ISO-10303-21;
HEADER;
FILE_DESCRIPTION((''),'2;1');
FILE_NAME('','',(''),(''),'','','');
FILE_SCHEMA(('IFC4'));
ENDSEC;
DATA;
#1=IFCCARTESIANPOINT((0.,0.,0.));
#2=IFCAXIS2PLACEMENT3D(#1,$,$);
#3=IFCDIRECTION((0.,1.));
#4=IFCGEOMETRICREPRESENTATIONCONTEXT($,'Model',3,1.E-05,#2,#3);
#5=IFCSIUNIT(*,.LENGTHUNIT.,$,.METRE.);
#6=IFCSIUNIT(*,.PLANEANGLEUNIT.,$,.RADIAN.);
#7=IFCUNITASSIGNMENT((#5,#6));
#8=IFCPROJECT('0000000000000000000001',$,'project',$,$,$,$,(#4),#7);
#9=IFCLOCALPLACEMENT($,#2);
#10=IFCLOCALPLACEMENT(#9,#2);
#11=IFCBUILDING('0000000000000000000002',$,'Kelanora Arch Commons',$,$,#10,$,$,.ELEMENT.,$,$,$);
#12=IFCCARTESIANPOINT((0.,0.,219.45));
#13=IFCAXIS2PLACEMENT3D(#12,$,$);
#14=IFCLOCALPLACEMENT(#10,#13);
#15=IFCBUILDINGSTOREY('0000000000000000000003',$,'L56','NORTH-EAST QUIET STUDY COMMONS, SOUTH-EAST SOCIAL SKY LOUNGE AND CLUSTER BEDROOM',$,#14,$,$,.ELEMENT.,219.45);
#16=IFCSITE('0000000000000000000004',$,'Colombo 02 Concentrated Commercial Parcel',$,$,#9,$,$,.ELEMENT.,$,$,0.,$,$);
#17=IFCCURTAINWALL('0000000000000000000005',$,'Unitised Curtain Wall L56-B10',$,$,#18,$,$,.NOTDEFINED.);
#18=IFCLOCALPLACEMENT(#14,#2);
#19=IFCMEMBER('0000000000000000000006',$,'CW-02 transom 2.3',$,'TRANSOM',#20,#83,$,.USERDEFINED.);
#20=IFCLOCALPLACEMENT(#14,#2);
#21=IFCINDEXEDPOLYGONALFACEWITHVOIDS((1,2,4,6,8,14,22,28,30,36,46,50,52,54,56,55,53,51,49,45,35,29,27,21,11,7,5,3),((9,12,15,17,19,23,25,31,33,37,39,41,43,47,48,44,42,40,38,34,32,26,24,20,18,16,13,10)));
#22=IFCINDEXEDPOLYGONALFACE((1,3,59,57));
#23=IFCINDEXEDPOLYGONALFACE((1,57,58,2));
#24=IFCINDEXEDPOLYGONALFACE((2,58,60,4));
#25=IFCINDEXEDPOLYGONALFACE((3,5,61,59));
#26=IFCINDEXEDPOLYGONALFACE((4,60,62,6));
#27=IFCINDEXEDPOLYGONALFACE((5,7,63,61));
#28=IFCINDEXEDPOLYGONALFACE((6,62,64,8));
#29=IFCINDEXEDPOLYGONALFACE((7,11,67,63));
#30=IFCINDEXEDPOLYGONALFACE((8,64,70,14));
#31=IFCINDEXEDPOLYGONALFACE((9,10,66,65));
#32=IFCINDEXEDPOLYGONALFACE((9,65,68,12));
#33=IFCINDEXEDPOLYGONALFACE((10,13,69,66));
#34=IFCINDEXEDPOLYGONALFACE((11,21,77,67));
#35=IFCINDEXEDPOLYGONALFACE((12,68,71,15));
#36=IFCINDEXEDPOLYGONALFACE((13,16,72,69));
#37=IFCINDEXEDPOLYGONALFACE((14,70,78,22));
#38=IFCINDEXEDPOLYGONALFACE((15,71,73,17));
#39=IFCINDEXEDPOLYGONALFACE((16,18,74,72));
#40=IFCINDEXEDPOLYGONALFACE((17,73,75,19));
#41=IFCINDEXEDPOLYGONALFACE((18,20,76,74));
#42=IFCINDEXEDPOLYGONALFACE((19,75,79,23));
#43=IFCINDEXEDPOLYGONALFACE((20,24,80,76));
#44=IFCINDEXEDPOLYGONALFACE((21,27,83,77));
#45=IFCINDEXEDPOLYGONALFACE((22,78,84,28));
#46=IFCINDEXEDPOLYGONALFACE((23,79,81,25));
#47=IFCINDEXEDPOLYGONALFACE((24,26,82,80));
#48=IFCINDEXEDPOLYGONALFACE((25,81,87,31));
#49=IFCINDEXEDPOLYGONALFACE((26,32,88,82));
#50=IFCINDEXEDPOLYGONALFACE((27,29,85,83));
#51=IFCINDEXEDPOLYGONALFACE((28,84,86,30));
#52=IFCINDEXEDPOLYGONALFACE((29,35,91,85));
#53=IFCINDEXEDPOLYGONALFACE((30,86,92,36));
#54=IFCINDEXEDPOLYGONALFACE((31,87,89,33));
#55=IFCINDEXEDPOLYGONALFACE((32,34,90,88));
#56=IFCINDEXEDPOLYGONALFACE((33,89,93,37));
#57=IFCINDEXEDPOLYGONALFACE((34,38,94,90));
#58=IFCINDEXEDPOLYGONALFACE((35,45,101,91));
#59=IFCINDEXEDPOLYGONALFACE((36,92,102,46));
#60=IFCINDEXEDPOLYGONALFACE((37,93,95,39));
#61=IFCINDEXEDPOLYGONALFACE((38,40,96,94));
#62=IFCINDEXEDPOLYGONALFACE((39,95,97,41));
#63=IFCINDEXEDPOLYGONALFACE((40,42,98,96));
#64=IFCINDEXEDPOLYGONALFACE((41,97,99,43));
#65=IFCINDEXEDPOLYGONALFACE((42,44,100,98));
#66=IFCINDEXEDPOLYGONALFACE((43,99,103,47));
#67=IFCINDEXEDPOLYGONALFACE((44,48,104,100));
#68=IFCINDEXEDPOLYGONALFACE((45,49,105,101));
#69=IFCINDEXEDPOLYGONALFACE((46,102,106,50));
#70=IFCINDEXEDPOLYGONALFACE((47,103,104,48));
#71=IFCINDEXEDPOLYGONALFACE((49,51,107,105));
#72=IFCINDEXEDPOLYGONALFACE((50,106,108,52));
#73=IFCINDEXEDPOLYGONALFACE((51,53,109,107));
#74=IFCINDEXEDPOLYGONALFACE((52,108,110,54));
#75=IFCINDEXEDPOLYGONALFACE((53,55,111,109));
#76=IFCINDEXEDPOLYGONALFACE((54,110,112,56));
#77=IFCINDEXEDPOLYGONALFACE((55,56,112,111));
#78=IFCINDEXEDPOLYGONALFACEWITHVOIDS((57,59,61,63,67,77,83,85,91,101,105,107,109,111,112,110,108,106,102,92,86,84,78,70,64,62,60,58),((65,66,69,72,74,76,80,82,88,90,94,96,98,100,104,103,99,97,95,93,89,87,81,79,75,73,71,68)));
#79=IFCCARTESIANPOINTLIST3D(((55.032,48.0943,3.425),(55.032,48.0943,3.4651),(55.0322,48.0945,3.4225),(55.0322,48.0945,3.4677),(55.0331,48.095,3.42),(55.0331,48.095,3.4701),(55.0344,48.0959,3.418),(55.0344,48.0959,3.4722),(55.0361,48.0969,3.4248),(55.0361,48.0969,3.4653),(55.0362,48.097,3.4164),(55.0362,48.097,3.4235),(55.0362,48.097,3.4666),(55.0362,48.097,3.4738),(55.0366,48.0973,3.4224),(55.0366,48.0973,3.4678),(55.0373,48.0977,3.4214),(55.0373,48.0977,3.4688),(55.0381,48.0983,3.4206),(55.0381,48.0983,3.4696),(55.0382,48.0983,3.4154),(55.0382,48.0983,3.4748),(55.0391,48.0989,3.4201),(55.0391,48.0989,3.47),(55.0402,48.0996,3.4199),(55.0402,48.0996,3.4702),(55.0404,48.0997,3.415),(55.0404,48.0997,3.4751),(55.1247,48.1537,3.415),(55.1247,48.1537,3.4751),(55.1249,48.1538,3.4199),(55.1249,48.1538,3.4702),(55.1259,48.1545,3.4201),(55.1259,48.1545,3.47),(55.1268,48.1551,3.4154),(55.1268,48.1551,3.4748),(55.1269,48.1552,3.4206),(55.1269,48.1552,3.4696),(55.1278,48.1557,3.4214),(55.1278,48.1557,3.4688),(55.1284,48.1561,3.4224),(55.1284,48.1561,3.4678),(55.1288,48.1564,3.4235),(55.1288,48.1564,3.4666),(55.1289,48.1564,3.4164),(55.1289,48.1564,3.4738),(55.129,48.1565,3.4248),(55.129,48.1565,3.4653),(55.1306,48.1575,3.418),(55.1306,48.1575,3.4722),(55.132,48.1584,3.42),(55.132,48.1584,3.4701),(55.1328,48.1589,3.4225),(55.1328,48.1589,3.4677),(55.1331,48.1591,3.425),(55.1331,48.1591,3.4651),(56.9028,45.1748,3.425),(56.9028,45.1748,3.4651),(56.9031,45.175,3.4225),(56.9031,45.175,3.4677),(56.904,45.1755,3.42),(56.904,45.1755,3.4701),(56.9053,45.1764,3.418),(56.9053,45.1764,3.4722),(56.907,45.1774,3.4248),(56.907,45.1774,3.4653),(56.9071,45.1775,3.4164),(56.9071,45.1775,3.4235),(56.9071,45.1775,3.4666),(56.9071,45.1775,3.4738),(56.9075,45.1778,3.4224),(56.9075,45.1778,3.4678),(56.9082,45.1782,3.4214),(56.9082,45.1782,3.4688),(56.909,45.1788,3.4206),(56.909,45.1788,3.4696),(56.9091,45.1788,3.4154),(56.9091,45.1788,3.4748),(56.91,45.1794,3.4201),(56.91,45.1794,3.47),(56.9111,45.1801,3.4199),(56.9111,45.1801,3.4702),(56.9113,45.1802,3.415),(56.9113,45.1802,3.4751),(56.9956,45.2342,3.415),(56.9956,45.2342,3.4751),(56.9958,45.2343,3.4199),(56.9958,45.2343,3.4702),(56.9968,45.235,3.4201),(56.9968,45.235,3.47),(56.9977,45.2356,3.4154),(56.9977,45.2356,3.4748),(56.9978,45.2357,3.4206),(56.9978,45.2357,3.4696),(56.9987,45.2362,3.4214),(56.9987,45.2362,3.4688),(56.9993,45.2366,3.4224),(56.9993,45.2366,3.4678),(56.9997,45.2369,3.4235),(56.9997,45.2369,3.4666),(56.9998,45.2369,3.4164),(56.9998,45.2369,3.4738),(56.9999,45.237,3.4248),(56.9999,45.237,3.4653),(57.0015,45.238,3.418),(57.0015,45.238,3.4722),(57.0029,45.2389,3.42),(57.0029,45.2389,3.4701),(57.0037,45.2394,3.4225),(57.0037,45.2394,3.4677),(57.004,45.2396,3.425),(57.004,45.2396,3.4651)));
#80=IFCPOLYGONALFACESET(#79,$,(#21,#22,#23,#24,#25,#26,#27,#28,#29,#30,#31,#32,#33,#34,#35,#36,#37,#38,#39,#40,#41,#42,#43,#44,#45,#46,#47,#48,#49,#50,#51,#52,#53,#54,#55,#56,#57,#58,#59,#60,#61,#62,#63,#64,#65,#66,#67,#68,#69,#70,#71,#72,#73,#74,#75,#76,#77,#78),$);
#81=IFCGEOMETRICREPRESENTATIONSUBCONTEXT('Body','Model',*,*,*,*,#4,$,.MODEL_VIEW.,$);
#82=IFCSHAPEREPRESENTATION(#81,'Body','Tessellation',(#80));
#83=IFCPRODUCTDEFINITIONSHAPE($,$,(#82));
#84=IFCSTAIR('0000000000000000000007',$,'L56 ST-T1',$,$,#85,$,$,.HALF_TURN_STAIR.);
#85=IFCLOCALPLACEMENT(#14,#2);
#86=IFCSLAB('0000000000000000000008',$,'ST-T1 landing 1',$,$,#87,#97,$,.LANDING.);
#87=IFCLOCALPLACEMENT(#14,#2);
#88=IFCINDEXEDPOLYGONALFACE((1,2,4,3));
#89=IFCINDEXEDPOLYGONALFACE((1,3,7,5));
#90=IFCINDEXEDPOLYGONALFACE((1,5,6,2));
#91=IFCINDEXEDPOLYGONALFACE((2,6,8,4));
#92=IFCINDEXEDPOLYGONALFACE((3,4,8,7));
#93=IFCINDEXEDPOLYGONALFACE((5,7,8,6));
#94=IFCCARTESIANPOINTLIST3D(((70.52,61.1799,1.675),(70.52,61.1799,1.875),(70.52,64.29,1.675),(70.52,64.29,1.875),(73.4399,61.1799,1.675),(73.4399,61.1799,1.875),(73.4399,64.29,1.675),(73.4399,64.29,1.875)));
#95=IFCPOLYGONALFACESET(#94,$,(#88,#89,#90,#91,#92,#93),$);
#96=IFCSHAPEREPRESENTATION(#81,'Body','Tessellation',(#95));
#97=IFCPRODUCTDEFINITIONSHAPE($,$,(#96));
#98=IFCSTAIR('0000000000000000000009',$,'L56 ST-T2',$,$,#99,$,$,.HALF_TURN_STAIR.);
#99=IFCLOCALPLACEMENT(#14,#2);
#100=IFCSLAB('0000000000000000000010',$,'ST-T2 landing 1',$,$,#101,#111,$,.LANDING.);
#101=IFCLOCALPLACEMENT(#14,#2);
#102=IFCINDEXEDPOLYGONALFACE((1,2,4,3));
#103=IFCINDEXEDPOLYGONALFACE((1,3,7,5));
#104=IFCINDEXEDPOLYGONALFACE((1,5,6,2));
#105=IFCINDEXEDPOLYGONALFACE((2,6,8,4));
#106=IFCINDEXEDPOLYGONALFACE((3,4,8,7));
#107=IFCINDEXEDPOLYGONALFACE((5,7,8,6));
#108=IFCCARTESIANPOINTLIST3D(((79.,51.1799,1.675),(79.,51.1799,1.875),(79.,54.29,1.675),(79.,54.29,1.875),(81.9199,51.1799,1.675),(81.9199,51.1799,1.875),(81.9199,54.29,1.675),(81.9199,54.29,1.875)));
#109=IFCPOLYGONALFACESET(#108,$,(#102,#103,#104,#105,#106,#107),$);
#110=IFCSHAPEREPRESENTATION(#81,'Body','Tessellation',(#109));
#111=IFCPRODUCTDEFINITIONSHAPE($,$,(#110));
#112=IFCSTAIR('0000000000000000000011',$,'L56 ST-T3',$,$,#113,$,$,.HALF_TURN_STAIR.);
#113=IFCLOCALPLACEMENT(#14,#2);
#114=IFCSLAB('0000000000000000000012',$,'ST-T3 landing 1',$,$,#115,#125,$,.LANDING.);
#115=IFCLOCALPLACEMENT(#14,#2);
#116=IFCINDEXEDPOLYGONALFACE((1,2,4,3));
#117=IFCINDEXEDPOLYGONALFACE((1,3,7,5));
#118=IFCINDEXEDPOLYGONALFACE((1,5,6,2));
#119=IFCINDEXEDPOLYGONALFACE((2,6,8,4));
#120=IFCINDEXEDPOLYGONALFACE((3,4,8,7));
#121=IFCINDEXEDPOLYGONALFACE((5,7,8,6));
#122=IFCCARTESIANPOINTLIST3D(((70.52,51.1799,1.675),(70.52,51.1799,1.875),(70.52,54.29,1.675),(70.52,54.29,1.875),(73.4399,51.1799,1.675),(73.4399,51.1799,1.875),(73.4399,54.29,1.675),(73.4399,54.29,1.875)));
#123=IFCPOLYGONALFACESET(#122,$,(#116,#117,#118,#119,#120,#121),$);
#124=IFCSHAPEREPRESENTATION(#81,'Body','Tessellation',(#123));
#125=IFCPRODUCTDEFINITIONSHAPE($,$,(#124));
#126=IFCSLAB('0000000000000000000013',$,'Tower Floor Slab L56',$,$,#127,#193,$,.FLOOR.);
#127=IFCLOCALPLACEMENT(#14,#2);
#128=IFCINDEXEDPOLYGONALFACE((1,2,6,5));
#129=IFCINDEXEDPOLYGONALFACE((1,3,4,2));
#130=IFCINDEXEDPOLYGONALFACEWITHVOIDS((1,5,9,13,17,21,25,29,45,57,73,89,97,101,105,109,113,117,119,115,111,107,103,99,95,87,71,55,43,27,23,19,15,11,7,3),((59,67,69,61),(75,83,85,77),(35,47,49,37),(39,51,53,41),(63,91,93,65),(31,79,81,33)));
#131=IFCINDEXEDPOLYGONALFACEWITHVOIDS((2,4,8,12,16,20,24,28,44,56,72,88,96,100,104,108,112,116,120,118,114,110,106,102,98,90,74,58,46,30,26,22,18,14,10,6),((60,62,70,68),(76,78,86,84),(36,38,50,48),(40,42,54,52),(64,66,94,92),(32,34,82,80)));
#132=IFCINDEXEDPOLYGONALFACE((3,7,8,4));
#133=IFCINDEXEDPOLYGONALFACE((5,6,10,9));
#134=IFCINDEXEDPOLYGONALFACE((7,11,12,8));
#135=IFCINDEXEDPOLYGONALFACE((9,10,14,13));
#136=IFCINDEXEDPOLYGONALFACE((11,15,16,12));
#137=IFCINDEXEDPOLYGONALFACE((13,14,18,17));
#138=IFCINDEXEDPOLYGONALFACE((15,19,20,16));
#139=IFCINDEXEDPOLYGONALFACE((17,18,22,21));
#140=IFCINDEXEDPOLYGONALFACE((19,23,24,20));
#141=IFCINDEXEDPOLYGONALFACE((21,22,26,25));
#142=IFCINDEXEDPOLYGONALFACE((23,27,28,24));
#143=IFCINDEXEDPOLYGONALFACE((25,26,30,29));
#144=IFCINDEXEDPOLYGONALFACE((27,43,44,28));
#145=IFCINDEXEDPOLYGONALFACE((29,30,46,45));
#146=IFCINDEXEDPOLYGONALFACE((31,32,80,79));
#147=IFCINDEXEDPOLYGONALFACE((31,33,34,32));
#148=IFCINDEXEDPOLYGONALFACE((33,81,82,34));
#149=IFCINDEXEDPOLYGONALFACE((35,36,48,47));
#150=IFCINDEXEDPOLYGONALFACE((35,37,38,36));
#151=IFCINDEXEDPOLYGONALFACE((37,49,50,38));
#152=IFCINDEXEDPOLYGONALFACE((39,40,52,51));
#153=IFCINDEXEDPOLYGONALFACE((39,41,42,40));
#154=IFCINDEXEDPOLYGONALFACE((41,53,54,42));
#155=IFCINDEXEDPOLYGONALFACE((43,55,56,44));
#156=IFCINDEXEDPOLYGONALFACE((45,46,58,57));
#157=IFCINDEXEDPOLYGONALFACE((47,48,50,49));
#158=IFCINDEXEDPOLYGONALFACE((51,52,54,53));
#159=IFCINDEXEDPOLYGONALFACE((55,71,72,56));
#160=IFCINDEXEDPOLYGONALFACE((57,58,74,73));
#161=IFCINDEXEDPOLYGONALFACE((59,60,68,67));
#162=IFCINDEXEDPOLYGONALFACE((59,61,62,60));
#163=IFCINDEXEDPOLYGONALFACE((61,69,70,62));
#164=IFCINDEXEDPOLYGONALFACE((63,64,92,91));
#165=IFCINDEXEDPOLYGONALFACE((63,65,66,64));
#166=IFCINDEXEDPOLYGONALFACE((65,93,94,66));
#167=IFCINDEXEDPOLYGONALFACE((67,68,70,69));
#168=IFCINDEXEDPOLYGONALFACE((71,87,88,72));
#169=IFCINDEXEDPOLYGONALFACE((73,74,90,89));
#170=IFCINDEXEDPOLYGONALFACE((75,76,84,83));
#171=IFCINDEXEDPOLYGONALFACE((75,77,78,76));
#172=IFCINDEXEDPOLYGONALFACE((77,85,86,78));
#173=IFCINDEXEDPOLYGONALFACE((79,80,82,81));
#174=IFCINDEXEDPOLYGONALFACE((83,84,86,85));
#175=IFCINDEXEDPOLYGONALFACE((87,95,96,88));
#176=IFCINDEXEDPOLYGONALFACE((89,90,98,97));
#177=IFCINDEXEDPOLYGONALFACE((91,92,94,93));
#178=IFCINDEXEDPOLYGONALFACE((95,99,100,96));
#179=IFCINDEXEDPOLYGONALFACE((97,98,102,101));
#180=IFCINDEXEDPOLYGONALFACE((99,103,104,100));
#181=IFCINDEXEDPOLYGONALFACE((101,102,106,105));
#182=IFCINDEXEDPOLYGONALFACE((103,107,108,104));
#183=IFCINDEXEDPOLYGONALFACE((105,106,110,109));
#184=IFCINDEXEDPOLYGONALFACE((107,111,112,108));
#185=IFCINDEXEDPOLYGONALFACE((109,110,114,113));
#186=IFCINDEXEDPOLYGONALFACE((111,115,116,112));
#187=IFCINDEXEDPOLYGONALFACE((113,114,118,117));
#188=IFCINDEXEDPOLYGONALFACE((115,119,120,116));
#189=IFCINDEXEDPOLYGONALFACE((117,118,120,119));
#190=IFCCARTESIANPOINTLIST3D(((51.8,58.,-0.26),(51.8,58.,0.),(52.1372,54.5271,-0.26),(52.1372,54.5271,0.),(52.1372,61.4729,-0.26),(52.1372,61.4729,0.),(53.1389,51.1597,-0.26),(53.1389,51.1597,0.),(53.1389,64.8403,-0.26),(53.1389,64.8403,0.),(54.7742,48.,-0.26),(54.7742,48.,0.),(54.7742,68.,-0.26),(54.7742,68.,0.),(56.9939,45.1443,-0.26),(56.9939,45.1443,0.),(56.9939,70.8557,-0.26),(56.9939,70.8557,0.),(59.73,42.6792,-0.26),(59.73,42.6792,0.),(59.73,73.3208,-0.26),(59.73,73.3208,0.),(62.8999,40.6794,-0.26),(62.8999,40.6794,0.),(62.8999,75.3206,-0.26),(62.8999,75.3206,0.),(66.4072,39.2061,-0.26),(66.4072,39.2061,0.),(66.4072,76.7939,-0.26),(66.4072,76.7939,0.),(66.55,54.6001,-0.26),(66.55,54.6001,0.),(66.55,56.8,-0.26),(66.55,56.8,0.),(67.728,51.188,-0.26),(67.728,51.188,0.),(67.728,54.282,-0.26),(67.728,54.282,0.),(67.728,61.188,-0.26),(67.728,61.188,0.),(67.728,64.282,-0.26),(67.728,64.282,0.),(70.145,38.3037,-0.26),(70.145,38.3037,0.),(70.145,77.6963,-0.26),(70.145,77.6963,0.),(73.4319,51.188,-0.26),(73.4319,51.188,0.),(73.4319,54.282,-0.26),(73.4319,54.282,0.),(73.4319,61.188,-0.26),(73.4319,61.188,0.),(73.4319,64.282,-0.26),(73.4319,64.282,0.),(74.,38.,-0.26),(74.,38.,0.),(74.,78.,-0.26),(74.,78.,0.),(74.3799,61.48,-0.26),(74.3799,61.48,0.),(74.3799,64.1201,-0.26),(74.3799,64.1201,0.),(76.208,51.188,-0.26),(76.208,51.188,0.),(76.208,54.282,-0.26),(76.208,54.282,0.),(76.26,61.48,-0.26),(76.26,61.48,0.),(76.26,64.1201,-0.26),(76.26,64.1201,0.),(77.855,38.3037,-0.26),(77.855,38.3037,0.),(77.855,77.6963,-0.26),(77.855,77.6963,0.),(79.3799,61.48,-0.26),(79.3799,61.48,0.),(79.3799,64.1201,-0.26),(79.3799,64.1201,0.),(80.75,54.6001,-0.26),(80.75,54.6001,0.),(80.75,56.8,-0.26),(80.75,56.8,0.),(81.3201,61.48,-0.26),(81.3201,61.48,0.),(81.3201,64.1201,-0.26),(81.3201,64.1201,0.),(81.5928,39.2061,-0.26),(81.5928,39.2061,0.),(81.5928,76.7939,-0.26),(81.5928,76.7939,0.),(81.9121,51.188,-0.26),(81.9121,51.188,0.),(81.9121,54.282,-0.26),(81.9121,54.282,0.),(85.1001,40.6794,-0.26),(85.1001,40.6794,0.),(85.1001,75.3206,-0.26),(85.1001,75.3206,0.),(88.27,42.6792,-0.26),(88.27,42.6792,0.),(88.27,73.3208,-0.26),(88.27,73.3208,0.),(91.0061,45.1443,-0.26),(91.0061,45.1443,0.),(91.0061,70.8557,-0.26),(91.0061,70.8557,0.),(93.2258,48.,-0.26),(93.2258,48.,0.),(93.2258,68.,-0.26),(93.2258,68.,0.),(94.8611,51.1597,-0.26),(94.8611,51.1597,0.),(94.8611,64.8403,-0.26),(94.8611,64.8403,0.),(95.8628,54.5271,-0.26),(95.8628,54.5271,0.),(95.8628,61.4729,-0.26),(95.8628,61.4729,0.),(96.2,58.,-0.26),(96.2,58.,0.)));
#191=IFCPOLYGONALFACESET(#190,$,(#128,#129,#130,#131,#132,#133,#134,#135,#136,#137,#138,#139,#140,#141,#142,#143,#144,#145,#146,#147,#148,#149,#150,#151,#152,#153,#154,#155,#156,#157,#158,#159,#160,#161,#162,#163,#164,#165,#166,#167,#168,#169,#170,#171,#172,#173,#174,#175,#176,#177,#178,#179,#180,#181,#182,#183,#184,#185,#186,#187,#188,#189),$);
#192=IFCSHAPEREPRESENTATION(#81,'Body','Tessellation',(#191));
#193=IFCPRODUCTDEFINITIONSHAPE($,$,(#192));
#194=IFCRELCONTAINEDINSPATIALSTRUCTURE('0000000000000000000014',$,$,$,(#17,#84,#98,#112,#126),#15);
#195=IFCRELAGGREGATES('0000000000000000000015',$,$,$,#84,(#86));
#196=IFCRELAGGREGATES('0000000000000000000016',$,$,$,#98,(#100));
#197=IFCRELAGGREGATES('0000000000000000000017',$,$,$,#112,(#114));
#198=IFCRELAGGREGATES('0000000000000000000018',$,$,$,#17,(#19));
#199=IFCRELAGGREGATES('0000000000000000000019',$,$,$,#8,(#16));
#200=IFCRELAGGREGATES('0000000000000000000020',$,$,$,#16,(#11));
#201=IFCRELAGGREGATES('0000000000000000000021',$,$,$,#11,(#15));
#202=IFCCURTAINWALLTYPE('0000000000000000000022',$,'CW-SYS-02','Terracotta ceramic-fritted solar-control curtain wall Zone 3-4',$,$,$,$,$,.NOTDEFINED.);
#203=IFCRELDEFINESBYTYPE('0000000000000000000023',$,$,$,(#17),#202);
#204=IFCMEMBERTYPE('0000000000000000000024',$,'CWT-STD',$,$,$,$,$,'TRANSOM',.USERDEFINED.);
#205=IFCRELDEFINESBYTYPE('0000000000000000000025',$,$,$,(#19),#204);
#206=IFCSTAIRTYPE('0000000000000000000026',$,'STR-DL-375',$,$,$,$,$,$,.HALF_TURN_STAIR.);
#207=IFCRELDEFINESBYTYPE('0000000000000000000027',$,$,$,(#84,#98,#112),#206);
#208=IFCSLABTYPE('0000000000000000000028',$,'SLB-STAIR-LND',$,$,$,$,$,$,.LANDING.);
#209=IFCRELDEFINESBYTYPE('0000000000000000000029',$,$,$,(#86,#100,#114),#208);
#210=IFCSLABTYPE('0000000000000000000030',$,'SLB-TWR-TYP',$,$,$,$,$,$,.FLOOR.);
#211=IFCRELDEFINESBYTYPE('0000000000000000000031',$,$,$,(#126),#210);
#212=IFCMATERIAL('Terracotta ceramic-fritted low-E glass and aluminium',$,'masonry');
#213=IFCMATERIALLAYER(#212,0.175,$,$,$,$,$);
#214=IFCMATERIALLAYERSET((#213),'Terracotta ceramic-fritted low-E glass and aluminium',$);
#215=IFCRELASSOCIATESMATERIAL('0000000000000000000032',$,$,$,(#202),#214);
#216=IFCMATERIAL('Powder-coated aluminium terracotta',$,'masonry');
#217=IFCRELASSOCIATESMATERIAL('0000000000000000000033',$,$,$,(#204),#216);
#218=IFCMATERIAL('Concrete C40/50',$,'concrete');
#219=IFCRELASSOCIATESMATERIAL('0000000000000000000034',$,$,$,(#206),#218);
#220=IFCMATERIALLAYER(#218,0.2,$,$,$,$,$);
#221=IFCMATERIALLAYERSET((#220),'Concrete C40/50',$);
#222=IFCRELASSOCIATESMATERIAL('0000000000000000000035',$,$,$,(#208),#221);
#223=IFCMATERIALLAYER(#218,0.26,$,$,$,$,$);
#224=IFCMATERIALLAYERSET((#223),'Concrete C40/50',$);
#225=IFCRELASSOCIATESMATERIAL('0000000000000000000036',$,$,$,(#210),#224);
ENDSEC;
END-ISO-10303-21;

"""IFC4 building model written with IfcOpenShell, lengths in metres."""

from ifc_helpers import new_model, si_unit, direction, frame, origin, origin_2d, place, context, subcontext, project, spatial, polyline, hollow_rectangle, outline, extrude, material, layer, layer_set, material_profile, profile_set, type_object, element, aggregate, save


model = new_model("IFC4")

# Units and contexts
model_context = context("Model", 3, precision=1e-05, world=origin(), true_north=direction((0.0, 1.0)))
body_context = subcontext(model_context, "Body", "Model", "MODEL_VIEW")
ifc_project = project(units=[si_unit("LENGTHUNIT", "METRE"), si_unit("PLANEANGLEUNIT", "RADIAN")], contexts=[model_context])

# Site, building, storey
site_placement = place(None, origin())
site = spatial("IfcSite", under=ifc_project, at=site_placement, Name="Colombo 02 Concentrated Commercial Parcel", CompositionType="ELEMENT", RefElevation=0.0)
building_placement = place(site_placement, origin())
building = spatial("IfcBuilding", under=site, at=building_placement, Name="Kelanora Arch Commons", CompositionType="ELEMENT")
storey_placement = place(building_placement, frame((0.0, 0.0, 219.45)))
storey = spatial("IfcBuildingStorey", under=building, at=storey_placement, Name="L56", Description="NORTH-EAST QUIET STUDY COMMONS, SOUTH-EAST SOCIAL SKY LOUNGE AND CLUSTER BEDROOM", CompositionType="ELEMENT", Elevation=219.45)

# Curtain wall, member
ifc_material_1 = material(Name="Terracotta ceramic-fritted low-E glass and aluminium", Category="masonry")
ifc_layer_1 = layer(ifc_material_1, 0.175)
ifc_layer_set_1 = layer_set([ifc_layer_1], Name="Terracotta ceramic-fritted low-E glass and aluminium")
curtain_wall_type = type_object("IfcCurtainWallType", Name="CW-SYS-02", Description="Terracotta ceramic-fritted solar-control curtain wall Zone 3-4", PredefinedType="NOTDEFINED", material=ifc_layer_set_1)
curtain_wall_placement = place(storey_placement, origin())
curtain_wall = element("IfcCurtainWall", 1, at=curtain_wall_placement, inside=storey, type_object=curtain_wall_type, Name="Unitised Curtain Wall L56-B10", PredefinedType="NOTDEFINED")
ifc_material_2 = material(Name="Powder-coated aluminium terracotta", Category="masonry")
ifc_material_profile_1 = material_profile(ifc_material_2, hollow_rectangle(XDim=0.1201, YDim=0.0601, WallThickness=0.0049, InnerFilletRadius=0.0049, OuterFilletRadius=0.01, at=origin_2d()), Name="CWT120x60")
ifc_profile_set_1 = profile_set([ifc_material_profile_1], Name="Powder-coated aluminium terracotta")
member_type_1 = type_object("IfcMemberType", Name="CWT-STD", ElementType="TRANSOM", PredefinedType="USERDEFINED", material=ifc_profile_set_1)
member_1_placement = place(storey_placement, frame((55.0825, 48.1267, 3.4451), z_axis=(0.539547, -0.841955, 0.0), x_axis=(0.841955, 0.539547, 0.0)))
member_1 = element("IfcMember", 2, at=member_1_placement, type_object=member_type_1, Name="CW-02 transom 2.3", ObjectType="TRANSOM", PredefinedType="USERDEFINED", context=body_context, shape_type="SweptSolid", body=[
    extrude(hollow_rectangle(XDim=0.1201, YDim=0.0601, WallThickness=0.0049, InnerFilletRadius=0.0049, OuterFilletRadius=0.01, at=origin_2d()), origin(), (0.0, 0.0, 1.0), 3.4675),
])

# Stairs, slabs
ifc_material_3 = material(Name="Concrete C40/50", Category="concrete")
stair_type = type_object("IfcStairType", Name="STR-DL-375", PredefinedType="HALF_TURN_STAIR", material=ifc_material_3)
stair_1_placement = place(storey_placement, origin())
stair_1 = element("IfcStair", 3, at=stair_1_placement, inside=storey, type_object=stair_type, Name="L56 ST-T1", PredefinedType="HALF_TURN_STAIR")
ifc_layer_2 = layer(ifc_material_3, 0.2)
ifc_layer_set_2 = layer_set([ifc_layer_2], Name="Concrete C40/50")
slab_type_1 = type_object("IfcSlabType", Name="SLB-STAIR-LND", PredefinedType="LANDING", material=ifc_layer_set_2)
slab_1_placement = place(storey_placement, frame((0.0, 0.0, 1.675)))
slab_1 = element("IfcSlab", 4, at=slab_1_placement, type_object=slab_type_1, Name="ST-T1 landing 1", PredefinedType="LANDING", context=body_context, shape_type="SweptSolid", body=[
    extrude(outline(polyline([(70.52, 61.1799), (73.4399, 61.1799), (73.4399, 64.29), (70.52, 64.29), (70.52, 61.1799)])), origin(), (0.0, 0.0, 1.0), 0.2),
])
aggregate(stair_1, [slab_1])
stair_2_placement = place(storey_placement, origin())
stair_2 = element("IfcStair", 5, at=stair_2_placement, inside=storey, type_object=stair_type, Name="L56 ST-T2", PredefinedType="HALF_TURN_STAIR")
slab_2_placement = place(storey_placement, frame((0.0, 0.0, 1.675)))
slab_2 = element("IfcSlab", 6, at=slab_2_placement, type_object=slab_type_1, Name="ST-T2 landing 1", PredefinedType="LANDING", context=body_context, shape_type="SweptSolid", body=[
    extrude(outline(polyline([(79.0, 51.1799), (81.9199, 51.1799), (81.9199, 54.29), (79.0, 54.29), (79.0, 51.1799)])), origin(), (0.0, 0.0, 1.0), 0.2),
])
aggregate(stair_2, [slab_2])
stair_3_placement = place(storey_placement, origin())
stair_3 = element("IfcStair", 7, at=stair_3_placement, inside=storey, type_object=stair_type, Name="L56 ST-T3", PredefinedType="HALF_TURN_STAIR")
slab_3_placement = place(storey_placement, frame((0.0, 0.0, 1.675)))
slab_3 = element("IfcSlab", 8, at=slab_3_placement, type_object=slab_type_1, Name="ST-T3 landing 1", PredefinedType="LANDING", context=body_context, shape_type="SweptSolid", body=[
    extrude(outline(polyline([(70.52, 51.1799), (73.4399, 51.1799), (73.4399, 54.29), (70.52, 54.29), (70.52, 51.1799)])), origin(), (0.0, 0.0, 1.0), 0.2),
])
aggregate(stair_3, [slab_3])

# Slab
ifc_layer_3 = layer(ifc_material_3, 0.26)
ifc_layer_set_3 = layer_set([ifc_layer_3], Name="Concrete C40/50")
slab_type_2 = type_object("IfcSlabType", Name="SLB-TWR-TYP", PredefinedType="FLOOR", material=ifc_layer_set_3)
slab_4_placement = place(storey_placement, frame((0.0, 0.0, -0.26)))
element("IfcSlab", 9, at=slab_4_placement, inside=storey, type_object=slab_type_2, Name="Tower Floor Slab L56", PredefinedType="FLOOR", context=body_context, shape_type="SweptSolid", body=[
    extrude(outline(polyline([(96.2, 58.0), (95.8628, 61.4729), (94.8611, 64.8403), (93.2258, 68.0), (91.0061, 70.8557), (88.27, 73.3208), (85.1001, 75.3206), (81.5928, 76.7939), (77.855, 77.6963), (74.0, 78.0), (70.145, 77.6963), (66.4072, 76.7939), (62.8999, 75.3206), (59.73, 73.3208), (56.9939, 70.8557), (54.7742, 68.0), (53.1389, 64.8403), (52.1372, 61.4729), (51.8, 58.0), (52.1372, 54.5271), (53.1389, 51.1597), (54.7742, 48.0), (56.9939, 45.1443), (59.73, 42.6792), (62.8999, 40.6794), (66.4072, 39.2061), (70.145, 38.3037), (74.0, 38.0), (77.855, 38.3037), (81.5928, 39.2061), (85.1001, 40.6794), (88.27, 42.6792), (91.0061, 45.1443), (93.2258, 48.0), (94.8611, 51.1597), (95.8628, 54.5271), (96.2, 58.0)]), holes=[polyline([(73.4319, 51.188), (67.728, 51.188), (67.728, 54.282), (73.4319, 54.282), (73.4319, 51.188)]), polyline([(76.208, 51.188), (76.208, 54.282), (81.9121, 54.282), (81.9121, 51.188), (76.208, 51.188)]), polyline([(66.55, 54.6001), (66.55, 56.8), (80.75, 56.8), (80.75, 54.6001), (66.55, 54.6001)]), polyline([(73.4319, 61.188), (67.728, 61.188), (67.728, 64.282), (73.4319, 64.282), (73.4319, 61.188)]), polyline([(74.3799, 61.48), (74.3799, 64.1201), (76.26, 64.1201), (76.26, 61.48), (74.3799, 61.48)]), polyline([(79.3799, 61.48), (79.3799, 64.1201), (81.3201, 64.1201), (81.3201, 61.48), (79.3799, 61.48)])]), origin(), (0.0, 0.0, 1.0), 0.26),
])

aggregate(curtain_wall, [member_1])

save(model, "model.ifc")
